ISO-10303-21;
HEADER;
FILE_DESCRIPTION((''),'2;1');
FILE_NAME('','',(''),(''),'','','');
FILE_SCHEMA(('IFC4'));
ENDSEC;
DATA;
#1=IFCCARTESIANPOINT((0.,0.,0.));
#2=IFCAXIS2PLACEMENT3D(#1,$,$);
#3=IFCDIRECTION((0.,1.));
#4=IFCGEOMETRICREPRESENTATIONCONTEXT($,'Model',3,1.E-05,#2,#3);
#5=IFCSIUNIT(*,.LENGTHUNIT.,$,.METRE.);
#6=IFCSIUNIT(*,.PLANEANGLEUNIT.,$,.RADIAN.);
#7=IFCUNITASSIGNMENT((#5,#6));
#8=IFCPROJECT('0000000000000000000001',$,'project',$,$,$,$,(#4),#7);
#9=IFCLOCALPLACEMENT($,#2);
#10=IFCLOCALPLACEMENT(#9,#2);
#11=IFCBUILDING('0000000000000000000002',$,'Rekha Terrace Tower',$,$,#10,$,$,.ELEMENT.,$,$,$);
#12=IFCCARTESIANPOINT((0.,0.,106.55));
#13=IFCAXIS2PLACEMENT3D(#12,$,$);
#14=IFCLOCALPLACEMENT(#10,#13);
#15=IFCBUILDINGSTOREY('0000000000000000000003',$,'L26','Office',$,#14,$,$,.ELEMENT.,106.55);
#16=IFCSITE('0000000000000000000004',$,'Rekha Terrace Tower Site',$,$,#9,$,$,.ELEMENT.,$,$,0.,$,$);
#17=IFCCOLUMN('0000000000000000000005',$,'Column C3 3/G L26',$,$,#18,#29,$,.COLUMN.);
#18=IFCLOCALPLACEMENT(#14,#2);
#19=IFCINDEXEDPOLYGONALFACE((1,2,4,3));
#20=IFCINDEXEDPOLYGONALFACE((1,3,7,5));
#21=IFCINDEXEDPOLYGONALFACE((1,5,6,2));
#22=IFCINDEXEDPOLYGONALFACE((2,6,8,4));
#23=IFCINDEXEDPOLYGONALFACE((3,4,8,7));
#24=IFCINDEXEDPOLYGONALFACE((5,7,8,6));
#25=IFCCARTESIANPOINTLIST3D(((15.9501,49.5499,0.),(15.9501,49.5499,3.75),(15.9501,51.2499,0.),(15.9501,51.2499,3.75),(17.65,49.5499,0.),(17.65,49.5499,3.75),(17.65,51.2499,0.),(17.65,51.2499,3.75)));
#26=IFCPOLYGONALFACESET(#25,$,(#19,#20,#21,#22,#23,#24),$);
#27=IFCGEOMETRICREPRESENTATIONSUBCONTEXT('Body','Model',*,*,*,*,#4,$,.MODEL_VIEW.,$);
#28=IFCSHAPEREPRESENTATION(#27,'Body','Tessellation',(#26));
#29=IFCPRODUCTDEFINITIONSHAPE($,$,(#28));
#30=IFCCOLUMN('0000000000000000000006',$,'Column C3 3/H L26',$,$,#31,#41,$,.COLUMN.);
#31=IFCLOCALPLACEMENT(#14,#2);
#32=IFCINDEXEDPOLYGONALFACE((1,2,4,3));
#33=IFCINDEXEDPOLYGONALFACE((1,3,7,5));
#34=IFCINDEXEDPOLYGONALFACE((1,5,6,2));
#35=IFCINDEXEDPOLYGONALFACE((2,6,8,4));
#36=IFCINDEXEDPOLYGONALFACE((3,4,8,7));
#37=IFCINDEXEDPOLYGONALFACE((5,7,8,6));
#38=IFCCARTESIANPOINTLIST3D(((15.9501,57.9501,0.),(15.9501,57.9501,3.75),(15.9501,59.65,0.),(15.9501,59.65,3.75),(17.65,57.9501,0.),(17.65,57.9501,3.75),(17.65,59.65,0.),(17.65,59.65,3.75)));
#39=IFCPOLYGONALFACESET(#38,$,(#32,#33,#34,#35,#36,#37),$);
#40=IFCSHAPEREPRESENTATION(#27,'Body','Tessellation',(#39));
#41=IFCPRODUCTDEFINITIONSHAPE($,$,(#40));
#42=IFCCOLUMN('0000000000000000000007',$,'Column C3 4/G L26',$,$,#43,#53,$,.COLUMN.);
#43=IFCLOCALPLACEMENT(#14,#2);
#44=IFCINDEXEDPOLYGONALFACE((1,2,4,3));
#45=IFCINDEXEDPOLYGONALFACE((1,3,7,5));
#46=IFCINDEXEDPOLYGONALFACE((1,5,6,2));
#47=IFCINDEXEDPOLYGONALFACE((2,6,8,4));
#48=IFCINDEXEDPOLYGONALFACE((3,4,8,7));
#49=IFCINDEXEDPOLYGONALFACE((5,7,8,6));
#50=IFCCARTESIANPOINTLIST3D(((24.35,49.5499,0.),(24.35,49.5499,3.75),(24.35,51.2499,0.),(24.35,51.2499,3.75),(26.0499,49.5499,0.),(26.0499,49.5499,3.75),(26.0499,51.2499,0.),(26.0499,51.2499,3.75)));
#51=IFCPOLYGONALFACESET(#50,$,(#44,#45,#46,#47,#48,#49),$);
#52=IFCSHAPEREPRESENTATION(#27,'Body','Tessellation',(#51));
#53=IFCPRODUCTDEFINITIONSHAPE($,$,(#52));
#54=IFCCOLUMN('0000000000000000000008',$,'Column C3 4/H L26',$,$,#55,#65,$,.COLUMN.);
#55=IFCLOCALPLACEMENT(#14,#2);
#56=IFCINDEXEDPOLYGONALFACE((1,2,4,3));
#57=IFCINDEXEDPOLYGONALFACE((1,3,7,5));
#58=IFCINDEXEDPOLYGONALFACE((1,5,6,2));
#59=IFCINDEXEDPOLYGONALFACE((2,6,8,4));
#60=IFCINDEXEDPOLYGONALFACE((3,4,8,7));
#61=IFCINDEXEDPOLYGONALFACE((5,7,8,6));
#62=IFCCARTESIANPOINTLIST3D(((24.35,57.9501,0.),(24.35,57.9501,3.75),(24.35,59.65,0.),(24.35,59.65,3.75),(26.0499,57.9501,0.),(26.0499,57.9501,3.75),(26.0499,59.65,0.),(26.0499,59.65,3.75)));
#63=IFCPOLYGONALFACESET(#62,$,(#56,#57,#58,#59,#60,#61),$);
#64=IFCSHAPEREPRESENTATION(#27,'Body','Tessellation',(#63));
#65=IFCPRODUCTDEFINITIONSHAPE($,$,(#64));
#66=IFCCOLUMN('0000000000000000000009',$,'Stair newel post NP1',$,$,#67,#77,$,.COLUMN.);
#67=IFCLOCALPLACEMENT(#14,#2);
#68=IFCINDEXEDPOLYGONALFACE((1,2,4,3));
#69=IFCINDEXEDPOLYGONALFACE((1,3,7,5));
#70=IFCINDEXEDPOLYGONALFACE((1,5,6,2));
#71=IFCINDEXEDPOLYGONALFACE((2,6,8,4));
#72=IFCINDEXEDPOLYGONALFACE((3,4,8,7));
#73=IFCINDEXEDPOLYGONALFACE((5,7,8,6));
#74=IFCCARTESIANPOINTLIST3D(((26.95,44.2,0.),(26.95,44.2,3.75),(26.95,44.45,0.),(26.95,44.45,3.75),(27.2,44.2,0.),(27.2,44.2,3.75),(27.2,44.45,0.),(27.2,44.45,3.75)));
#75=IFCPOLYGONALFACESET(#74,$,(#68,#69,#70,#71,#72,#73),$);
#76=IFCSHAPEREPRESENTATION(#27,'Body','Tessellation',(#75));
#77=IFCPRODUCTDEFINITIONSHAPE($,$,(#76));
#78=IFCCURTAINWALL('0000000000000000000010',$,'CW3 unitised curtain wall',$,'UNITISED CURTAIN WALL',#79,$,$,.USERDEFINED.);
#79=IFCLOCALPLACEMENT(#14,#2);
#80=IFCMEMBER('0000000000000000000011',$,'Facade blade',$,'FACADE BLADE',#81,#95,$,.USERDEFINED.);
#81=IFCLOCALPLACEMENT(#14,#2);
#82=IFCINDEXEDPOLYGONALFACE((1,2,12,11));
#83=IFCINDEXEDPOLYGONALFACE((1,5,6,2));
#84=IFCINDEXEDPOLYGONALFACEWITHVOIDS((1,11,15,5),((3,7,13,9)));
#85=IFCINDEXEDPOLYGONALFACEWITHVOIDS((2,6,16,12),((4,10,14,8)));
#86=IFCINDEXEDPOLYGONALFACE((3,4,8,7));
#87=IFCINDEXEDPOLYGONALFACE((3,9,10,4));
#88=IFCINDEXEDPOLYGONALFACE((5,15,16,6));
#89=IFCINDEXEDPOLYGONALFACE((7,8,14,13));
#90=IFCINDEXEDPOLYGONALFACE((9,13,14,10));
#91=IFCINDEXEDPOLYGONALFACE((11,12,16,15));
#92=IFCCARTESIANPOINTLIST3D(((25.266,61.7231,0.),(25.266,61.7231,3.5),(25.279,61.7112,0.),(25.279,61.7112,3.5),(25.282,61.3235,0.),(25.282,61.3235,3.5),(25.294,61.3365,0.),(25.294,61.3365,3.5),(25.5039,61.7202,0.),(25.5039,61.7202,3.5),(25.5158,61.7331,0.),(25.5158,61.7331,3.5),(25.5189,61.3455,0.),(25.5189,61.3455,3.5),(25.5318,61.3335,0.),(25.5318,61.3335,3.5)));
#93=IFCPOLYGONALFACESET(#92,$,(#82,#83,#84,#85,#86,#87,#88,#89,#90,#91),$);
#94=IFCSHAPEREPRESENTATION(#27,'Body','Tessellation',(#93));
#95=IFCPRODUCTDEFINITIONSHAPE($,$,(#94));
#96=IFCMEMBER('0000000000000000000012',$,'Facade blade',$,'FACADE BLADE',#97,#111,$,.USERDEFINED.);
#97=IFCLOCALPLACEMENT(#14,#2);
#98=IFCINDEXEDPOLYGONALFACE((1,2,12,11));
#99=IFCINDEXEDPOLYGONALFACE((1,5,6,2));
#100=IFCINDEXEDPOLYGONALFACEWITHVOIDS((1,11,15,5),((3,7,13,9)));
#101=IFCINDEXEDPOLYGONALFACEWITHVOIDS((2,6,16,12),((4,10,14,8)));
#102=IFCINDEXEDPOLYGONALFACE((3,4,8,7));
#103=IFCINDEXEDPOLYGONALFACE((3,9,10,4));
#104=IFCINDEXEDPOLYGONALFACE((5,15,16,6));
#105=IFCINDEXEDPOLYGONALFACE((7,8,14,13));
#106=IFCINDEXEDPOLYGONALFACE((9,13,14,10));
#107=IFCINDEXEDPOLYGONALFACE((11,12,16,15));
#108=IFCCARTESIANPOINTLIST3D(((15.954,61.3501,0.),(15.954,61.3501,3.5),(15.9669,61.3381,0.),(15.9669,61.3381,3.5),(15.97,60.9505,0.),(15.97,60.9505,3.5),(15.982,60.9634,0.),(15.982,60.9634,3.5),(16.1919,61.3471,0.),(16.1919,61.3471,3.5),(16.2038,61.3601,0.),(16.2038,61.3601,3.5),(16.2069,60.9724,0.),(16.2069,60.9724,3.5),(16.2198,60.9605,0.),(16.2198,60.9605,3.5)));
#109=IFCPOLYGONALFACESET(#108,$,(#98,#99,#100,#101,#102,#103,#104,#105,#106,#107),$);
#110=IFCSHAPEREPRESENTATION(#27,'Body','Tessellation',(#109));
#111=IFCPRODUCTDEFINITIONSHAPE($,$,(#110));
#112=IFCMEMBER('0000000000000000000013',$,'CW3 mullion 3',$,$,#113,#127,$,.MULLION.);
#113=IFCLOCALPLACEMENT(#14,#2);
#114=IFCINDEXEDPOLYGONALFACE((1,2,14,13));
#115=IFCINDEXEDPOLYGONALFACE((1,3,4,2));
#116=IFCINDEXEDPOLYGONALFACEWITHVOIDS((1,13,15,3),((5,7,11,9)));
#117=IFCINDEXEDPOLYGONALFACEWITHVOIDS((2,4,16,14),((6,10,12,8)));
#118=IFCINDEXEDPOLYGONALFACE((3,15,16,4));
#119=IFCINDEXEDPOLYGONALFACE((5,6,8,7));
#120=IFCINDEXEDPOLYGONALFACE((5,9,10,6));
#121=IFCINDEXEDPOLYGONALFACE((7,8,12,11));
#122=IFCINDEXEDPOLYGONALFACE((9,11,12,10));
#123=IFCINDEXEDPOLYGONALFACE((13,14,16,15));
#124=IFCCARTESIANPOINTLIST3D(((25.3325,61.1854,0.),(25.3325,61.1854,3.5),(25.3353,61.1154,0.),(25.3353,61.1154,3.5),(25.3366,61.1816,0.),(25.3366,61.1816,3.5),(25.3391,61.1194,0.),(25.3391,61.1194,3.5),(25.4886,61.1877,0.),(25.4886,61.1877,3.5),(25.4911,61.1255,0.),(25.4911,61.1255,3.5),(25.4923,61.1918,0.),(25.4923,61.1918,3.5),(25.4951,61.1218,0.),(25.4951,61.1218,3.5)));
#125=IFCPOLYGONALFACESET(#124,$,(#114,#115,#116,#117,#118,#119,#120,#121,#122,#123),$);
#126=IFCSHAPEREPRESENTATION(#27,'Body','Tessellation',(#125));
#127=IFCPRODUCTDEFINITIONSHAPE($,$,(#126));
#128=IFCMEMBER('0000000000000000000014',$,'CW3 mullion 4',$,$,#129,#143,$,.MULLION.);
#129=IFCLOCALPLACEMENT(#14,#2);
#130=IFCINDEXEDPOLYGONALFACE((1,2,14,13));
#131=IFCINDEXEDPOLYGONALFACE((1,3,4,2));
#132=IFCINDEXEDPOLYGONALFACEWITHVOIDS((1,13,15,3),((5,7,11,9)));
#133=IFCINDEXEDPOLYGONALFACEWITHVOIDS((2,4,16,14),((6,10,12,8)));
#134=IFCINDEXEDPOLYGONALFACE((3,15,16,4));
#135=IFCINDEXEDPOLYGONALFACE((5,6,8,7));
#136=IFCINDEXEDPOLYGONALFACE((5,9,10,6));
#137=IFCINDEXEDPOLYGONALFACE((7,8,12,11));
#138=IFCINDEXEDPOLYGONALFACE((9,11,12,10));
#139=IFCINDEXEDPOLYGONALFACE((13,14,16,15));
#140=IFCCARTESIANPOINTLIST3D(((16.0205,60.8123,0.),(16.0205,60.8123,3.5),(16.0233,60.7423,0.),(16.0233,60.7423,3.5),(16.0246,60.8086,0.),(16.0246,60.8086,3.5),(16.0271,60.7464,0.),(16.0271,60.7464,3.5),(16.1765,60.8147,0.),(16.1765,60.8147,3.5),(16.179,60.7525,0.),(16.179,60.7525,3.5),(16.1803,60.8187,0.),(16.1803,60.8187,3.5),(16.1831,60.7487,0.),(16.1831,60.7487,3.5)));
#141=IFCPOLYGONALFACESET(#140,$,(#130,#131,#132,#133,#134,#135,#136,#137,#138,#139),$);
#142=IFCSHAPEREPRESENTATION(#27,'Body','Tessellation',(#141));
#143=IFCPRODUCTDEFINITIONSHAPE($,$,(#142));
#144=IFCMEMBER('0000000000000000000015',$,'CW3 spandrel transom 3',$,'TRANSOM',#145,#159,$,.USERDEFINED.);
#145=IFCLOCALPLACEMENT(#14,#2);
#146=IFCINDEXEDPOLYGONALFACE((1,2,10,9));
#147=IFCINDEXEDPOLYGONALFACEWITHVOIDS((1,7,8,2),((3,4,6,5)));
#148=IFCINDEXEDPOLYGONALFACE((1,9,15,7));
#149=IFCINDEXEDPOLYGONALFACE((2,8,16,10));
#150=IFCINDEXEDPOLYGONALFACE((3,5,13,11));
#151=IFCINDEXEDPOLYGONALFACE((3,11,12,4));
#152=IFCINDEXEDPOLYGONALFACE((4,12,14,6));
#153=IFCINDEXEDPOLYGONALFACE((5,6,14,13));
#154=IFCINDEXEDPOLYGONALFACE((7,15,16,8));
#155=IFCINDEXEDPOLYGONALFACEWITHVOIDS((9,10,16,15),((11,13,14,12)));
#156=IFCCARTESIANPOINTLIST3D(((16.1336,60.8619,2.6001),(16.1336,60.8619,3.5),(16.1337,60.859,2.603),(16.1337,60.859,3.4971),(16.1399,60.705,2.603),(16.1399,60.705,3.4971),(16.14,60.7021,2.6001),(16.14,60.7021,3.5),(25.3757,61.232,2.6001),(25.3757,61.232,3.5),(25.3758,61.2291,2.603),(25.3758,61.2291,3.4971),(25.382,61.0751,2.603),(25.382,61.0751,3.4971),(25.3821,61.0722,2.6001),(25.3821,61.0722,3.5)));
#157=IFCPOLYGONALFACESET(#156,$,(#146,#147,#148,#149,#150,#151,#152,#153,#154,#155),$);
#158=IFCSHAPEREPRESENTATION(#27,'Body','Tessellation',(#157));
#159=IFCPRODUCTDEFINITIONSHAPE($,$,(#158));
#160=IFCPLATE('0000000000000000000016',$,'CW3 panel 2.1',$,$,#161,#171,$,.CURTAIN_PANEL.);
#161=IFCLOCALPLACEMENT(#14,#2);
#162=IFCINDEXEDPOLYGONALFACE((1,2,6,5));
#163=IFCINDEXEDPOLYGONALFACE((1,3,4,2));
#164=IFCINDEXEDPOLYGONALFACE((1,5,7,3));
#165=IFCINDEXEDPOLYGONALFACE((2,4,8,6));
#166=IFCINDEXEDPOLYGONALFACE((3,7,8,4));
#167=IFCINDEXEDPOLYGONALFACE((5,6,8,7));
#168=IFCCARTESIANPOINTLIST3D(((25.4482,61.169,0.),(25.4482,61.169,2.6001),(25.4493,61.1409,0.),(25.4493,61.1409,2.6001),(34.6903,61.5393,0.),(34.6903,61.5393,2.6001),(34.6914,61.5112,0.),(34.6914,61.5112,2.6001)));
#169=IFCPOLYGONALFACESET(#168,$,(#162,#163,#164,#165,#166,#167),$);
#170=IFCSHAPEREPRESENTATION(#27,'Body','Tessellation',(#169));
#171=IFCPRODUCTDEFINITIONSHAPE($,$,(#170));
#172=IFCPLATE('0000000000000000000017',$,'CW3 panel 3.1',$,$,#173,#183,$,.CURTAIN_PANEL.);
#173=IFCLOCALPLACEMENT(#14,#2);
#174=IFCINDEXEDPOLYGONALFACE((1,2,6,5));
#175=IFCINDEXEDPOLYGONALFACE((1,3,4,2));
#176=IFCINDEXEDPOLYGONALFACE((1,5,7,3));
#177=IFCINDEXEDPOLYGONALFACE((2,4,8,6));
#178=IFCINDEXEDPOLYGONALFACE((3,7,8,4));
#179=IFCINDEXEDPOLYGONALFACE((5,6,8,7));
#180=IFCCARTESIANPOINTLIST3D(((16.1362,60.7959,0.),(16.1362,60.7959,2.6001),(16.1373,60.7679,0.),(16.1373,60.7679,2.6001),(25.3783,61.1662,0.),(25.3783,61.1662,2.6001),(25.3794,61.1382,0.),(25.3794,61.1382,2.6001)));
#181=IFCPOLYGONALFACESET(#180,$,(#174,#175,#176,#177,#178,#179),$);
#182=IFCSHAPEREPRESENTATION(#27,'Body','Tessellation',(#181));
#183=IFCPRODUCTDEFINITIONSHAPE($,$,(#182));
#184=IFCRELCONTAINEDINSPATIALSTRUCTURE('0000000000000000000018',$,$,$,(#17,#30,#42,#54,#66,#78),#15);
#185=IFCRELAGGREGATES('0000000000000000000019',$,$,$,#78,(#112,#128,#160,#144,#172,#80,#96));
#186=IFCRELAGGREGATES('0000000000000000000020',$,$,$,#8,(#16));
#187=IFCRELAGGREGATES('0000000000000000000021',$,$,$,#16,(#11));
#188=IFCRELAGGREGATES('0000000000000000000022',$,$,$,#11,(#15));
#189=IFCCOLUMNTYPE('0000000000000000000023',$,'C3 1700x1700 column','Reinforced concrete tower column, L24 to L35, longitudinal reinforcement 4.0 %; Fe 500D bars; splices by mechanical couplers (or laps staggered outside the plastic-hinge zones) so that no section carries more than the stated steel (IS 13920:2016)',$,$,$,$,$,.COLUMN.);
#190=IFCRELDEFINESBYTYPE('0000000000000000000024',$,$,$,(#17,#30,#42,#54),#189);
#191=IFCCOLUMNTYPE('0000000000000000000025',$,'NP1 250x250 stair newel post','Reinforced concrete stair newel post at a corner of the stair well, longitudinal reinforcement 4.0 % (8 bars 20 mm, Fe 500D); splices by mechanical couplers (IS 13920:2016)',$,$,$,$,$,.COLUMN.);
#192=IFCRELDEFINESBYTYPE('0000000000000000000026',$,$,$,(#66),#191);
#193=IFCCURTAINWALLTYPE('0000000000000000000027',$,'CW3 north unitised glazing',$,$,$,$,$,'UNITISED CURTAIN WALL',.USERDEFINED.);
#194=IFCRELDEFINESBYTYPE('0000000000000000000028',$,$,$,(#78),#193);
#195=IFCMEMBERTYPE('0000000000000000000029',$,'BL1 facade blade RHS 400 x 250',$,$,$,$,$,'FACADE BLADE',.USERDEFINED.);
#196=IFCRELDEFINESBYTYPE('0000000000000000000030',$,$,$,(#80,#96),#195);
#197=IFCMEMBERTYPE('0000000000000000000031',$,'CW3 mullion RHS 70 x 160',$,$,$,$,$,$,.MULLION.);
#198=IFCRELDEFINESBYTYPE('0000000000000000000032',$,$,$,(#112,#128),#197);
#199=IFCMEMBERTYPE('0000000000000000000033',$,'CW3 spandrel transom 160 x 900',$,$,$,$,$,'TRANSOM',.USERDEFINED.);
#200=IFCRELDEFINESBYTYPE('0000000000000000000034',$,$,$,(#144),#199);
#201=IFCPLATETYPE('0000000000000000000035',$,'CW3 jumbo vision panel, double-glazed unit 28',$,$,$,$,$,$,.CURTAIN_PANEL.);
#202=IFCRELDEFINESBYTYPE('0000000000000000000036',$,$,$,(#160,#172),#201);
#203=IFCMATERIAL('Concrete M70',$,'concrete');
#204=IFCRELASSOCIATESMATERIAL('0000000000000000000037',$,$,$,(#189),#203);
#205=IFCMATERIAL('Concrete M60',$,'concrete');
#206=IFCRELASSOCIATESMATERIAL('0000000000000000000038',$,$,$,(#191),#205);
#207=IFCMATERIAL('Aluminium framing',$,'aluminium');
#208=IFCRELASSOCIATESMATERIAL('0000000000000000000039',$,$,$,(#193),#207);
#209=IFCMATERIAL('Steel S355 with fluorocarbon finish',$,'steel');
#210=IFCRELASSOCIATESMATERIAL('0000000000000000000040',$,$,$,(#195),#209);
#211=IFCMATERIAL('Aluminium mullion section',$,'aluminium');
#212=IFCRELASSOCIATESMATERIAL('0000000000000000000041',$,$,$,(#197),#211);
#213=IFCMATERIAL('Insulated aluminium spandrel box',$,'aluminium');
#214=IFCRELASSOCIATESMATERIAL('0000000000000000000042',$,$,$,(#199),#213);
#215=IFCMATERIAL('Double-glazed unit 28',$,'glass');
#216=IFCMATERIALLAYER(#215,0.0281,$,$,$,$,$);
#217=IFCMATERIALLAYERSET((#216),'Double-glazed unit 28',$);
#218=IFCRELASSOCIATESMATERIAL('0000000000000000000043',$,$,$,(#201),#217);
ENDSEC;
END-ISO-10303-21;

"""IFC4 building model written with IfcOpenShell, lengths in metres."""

from ifc_helpers import new_model, si_unit, direction, frame, origin, origin_2d, place, context, subcontext, project, spatial, rectangle, hollow_rectangle, extrude, material, layer, layer_set, material_profile, profile_set, type_object, element, aggregate, save


model = new_model("IFC4")

# Units and contexts
model_context = context("Model", 3, precision=1e-05, world=origin(), true_north=direction((0.0, 1.0)))
body_context = subcontext(model_context, "Body", "Model", "MODEL_VIEW")
ifc_project = project(units=[si_unit("LENGTHUNIT", "METRE"), si_unit("PLANEANGLEUNIT", "RADIAN")], contexts=[model_context])

# Site, building, storey
site_placement = place(None, origin())
site = spatial("IfcSite", under=ifc_project, at=site_placement, Name="Rekha Terrace Tower Site", CompositionType="ELEMENT", RefElevation=0.0)
building_placement = place(site_placement, origin())
building = spatial("IfcBuilding", under=site, at=building_placement, Name="Rekha Terrace Tower", CompositionType="ELEMENT")
storey_placement = place(building_placement, frame((0.0, 0.0, 106.55)))
storey = spatial("IfcBuildingStorey", under=building, at=storey_placement, Name="L26", Description="Office", CompositionType="ELEMENT", Elevation=106.55)

# Columns
ifc_material_1 = material(Name="Concrete M70", Category="concrete")
ifc_material_profile_1 = material_profile(ifc_material_1, rectangle(XDim=1.7, YDim=1.7, at=origin_2d()), Name="RC 1700x1700")
ifc_profile_set_1 = profile_set([ifc_material_profile_1], Name="Concrete M70")
column_type_1 = type_object("IfcColumnType", Name="C3 1700x1700 column", Description="Reinforced concrete tower column, L24 to L35, longitudinal reinforcement 4.0 %; Fe 500D bars; splices by mechanical couplers (or laps staggered outside the plastic-hinge zones) so that no section carries more than the stated steel (IS 13920:2016)", PredefinedType="COLUMN", material=ifc_profile_set_1)
for number, where, z_axis, x_axis, name in (
    (1, (16.8, 50.3999, 0.0), (0.0, 0.0, 1.0), (1.0, 0.0, 0.0), "Column C3 3/G L26"),
    (2, (16.8, 58.8, 0.0), (0.0, 0.0, 1.0), (1.0, 0.0, 0.0), "Column C3 3/H L26"),
    (3, (25.2, 50.3999, 0.0), (0.0, 0.0, 1.0), (1.0, 0.0, 0.0), "Column C3 4/G L26"),
    (4, (25.2, 58.8, 0.0), (0.0, 0.0, 1.0), (1.0, 0.0, 0.0), "Column C3 4/H L26"),
):
    element("IfcColumn", number, at=place(storey_placement, frame(where, z_axis=z_axis, x_axis=x_axis)), inside=storey, type_object=column_type_1, Name=name, PredefinedType="COLUMN", context=body_context, shape_type="SweptSolid", body=[
        extrude(rectangle(XDim=1.7, YDim=1.7, at=origin_2d()), origin(), (0.0, 0.0, 1.0), 3.75),
    ])
ifc_material_2 = material(Name="Concrete M60", Category="concrete")
ifc_material_profile_2 = material_profile(ifc_material_2, rectangle(XDim=0.25, YDim=0.25, at=origin_2d()), Name="RC 250x250")
ifc_profile_set_2 = profile_set([ifc_material_profile_2], Name="Concrete M60")
column_type_2 = type_object("IfcColumnType", Name="NP1 250x250 stair newel post", Description="Reinforced concrete stair newel post at a corner of the stair well, longitudinal reinforcement 4.0 % (8 bars 20 mm, Fe 500D); splices by mechanical couplers (IS 13920:2016)", PredefinedType="COLUMN", material=ifc_profile_set_2)
column_placement = place(storey_placement, frame((27.075, 44.325, 0.0), z_axis=(0.0, 0.0, 1.0), x_axis=(1.0, 0.0, 0.0)))
element("IfcColumn", 5, at=column_placement, inside=storey, type_object=column_type_2, Name="Stair newel post NP1", PredefinedType="COLUMN", context=body_context, shape_type="SweptSolid", body=[
    extrude(rectangle(XDim=0.25, YDim=0.25, at=origin_2d()), origin(), (0.0, 0.0, 1.0), 3.75),
])

# Curtain wall, members, plates
ifc_material_3 = material(Name="Aluminium framing", Category="aluminium")
curtain_wall_type = type_object("IfcCurtainWallType", Name="CW3 north unitised glazing", ElementType="UNITISED CURTAIN WALL", PredefinedType="USERDEFINED", material=ifc_material_3)
curtain_wall_placement = place(storey_placement, origin())
curtain_wall = element("IfcCurtainWall", 6, at=curtain_wall_placement, inside=storey, type_object=curtain_wall_type, Name="CW3 unitised curtain wall", ObjectType="UNITISED CURTAIN WALL", PredefinedType="USERDEFINED")
ifc_material_4 = material(Name="Steel S355 with fluorocarbon finish", Category="steel")
ifc_material_profile_3 = material_profile(ifc_material_4, hollow_rectangle(XDim=0.25, YDim=0.3999, WallThickness=0.0125, at=origin_2d()), Name="RHS400x250x12.5")
ifc_profile_set_3 = profile_set([ifc_material_profile_3], Name="Steel S355 with fluorocarbon finish")
member_type_1 = type_object("IfcMemberType", Name="BL1 facade blade RHS 400 x 250", ElementType="FACADE BLADE", PredefinedType="USERDEFINED", material=ifc_profile_set_3)
member_1_placement = place(storey_placement, frame((25.3989, 61.5283, 0.0), z_axis=(0.0, 0.0, 1.0), x_axis=(-0.999198, -0.040032, 0.0)))
member_1 = element("IfcMember", 7, at=member_1_placement, type_object=member_type_1, Name="Facade blade", ObjectType="FACADE BLADE", PredefinedType="USERDEFINED", context=body_context, shape_type="SweptSolid", body=[
    extrude(hollow_rectangle(XDim=0.25, YDim=0.3999, WallThickness=0.0125, at=origin_2d()), origin(), (0.0, 0.0, 1.0), 3.5),
])
member_2_placement = place(storey_placement, frame((16.0869, 61.1553, 0.0), z_axis=(0.0, 0.0, 1.0), x_axis=(-0.999198, -0.040032, 0.0)))
member_2 = element("IfcMember", 8, at=member_2_placement, type_object=member_type_1, Name="Facade blade", ObjectType="FACADE BLADE", PredefinedType="USERDEFINED", context=body_context, shape_type="SweptSolid", body=[
    extrude(hollow_rectangle(XDim=0.25, YDim=0.3999, WallThickness=0.0125, at=origin_2d()), origin(), (0.0, 0.0, 1.0), 3.5),
])
ifc_material_5 = material(Name="Aluminium mullion section", Category="aluminium")
ifc_material_profile_4 = material_profile(ifc_material_5, hollow_rectangle(XDim=0.0701, YDim=0.1599, WallThickness=0.0039, at=origin_2d()), Name="AL RHS 70x160")
ifc_profile_set_4 = profile_set([ifc_material_profile_4], Name="Aluminium mullion section")
member_type_2 = type_object("IfcMemberType", Name="CW3 mullion RHS 70 x 160", PredefinedType="MULLION", material=ifc_profile_set_4)
member_3_placement = place(storey_placement, frame((25.4138, 61.1536, 0.0), z_axis=(0.0, 0.0, 1.0), x_axis=(0.040032, -0.999198, 0.0)))
member_3 = element("IfcMember", 9, at=member_3_placement, type_object=member_type_2, Name="CW3 mullion 3", PredefinedType="MULLION", context=body_context, shape_type="SweptSolid", body=[
    extrude(hollow_rectangle(XDim=0.0701, YDim=0.1599, WallThickness=0.0039, at=origin_2d()), origin(), (0.0, 0.0, 1.0), 3.5),
])
member_4_placement = place(storey_placement, frame((16.1018, 60.7805, 0.0), z_axis=(0.0, 0.0, 1.0), x_axis=(0.040032, -0.999198, 0.0)))
member_4 = element("IfcMember", 10, at=member_4_placement, type_object=member_type_2, Name="CW3 mullion 4", PredefinedType="MULLION", context=body_context, shape_type="SweptSolid", body=[
    extrude(hollow_rectangle(XDim=0.0701, YDim=0.1599, WallThickness=0.0039, at=origin_2d()), origin(), (0.0, 0.0, 1.0), 3.5),
])
ifc_material_6 = material(Name="Insulated aluminium spandrel box", Category="aluminium")
ifc_material_profile_5 = material_profile(ifc_material_6, hollow_rectangle(XDim=0.1599, YDim=0.8999, WallThickness=0.0029, at=origin_2d()), Name="AL SPANDREL BOX 160x900")
ifc_profile_set_5 = profile_set([ifc_material_profile_5], Name="Insulated aluminium spandrel box")
member_type_3 = type_object("IfcMemberType", Name="CW3 spandrel transom 160 x 900", ElementType="TRANSOM", PredefinedType="USERDEFINED", material=ifc_profile_set_5)
member_5_placement = place(storey_placement, frame((25.3789, 61.1521, 3.05), z_axis=(-0.999199, -0.040014, 0.0), x_axis=(0.040014, -0.999199, 0.0)))
member_5 = element("IfcMember", 11, at=member_5_placement, type_object=member_type_3, Name="CW3 spandrel transom 3", ObjectType="TRANSOM", PredefinedType="USERDEFINED", context=body_context, shape_type="SweptSolid", body=[
    extrude(hollow_rectangle(XDim=0.1599, YDim=0.8999, WallThickness=0.0029, at=origin_2d()), origin(), (0.0, 0.0, 1.0), 9.2495),
])
ifc_material_7 = material(Name="Double-glazed unit 28", Category="glass")
ifc_layer_1 = layer(ifc_material_7, 0.0281)
ifc_layer_set_1 = layer_set([ifc_layer_1], Name="Double-glazed unit 28")
plate_type = type_object("IfcPlateType", Name="CW3 jumbo vision panel, double-glazed unit 28", PredefinedType="CURTAIN_PANEL", material=ifc_layer_set_1)
plate_1_placement = place(storey_placement, frame((30.0698, 61.3401, 0.0), z_axis=(0.0, 0.0, 1.0), x_axis=(-0.999198, -0.040032, 0.0)))
plate_1 = element("IfcPlate", 12, at=plate_1_placement, type_object=plate_type, Name="CW3 panel 2.1", PredefinedType="CURTAIN_PANEL", context=body_context, shape_type="SweptSolid", body=[
    extrude(rectangle(XDim=9.2495, YDim=0.0281, at=origin_2d()), origin(), (0.0, 0.0, 1.0), 2.6001),
])
plate_2_placement = place(storey_placement, frame((20.7578, 60.967, 0.0), z_axis=(0.0, 0.0, 1.0), x_axis=(-0.999198, -0.040032, 0.0)))
plate_2 = element("IfcPlate", 13, at=plate_2_placement, type_object=plate_type, Name="CW3 panel 3.1", PredefinedType="CURTAIN_PANEL", context=body_context, shape_type="SweptSolid", body=[
    extrude(rectangle(XDim=9.2495, YDim=0.0281, at=origin_2d()), origin(), (0.0, 0.0, 1.0), 2.6001),
])
aggregate(curtain_wall, [member_3, member_4, plate_1, member_5, plate_2, member_1, member_2])

save(model, "model.ifc")
